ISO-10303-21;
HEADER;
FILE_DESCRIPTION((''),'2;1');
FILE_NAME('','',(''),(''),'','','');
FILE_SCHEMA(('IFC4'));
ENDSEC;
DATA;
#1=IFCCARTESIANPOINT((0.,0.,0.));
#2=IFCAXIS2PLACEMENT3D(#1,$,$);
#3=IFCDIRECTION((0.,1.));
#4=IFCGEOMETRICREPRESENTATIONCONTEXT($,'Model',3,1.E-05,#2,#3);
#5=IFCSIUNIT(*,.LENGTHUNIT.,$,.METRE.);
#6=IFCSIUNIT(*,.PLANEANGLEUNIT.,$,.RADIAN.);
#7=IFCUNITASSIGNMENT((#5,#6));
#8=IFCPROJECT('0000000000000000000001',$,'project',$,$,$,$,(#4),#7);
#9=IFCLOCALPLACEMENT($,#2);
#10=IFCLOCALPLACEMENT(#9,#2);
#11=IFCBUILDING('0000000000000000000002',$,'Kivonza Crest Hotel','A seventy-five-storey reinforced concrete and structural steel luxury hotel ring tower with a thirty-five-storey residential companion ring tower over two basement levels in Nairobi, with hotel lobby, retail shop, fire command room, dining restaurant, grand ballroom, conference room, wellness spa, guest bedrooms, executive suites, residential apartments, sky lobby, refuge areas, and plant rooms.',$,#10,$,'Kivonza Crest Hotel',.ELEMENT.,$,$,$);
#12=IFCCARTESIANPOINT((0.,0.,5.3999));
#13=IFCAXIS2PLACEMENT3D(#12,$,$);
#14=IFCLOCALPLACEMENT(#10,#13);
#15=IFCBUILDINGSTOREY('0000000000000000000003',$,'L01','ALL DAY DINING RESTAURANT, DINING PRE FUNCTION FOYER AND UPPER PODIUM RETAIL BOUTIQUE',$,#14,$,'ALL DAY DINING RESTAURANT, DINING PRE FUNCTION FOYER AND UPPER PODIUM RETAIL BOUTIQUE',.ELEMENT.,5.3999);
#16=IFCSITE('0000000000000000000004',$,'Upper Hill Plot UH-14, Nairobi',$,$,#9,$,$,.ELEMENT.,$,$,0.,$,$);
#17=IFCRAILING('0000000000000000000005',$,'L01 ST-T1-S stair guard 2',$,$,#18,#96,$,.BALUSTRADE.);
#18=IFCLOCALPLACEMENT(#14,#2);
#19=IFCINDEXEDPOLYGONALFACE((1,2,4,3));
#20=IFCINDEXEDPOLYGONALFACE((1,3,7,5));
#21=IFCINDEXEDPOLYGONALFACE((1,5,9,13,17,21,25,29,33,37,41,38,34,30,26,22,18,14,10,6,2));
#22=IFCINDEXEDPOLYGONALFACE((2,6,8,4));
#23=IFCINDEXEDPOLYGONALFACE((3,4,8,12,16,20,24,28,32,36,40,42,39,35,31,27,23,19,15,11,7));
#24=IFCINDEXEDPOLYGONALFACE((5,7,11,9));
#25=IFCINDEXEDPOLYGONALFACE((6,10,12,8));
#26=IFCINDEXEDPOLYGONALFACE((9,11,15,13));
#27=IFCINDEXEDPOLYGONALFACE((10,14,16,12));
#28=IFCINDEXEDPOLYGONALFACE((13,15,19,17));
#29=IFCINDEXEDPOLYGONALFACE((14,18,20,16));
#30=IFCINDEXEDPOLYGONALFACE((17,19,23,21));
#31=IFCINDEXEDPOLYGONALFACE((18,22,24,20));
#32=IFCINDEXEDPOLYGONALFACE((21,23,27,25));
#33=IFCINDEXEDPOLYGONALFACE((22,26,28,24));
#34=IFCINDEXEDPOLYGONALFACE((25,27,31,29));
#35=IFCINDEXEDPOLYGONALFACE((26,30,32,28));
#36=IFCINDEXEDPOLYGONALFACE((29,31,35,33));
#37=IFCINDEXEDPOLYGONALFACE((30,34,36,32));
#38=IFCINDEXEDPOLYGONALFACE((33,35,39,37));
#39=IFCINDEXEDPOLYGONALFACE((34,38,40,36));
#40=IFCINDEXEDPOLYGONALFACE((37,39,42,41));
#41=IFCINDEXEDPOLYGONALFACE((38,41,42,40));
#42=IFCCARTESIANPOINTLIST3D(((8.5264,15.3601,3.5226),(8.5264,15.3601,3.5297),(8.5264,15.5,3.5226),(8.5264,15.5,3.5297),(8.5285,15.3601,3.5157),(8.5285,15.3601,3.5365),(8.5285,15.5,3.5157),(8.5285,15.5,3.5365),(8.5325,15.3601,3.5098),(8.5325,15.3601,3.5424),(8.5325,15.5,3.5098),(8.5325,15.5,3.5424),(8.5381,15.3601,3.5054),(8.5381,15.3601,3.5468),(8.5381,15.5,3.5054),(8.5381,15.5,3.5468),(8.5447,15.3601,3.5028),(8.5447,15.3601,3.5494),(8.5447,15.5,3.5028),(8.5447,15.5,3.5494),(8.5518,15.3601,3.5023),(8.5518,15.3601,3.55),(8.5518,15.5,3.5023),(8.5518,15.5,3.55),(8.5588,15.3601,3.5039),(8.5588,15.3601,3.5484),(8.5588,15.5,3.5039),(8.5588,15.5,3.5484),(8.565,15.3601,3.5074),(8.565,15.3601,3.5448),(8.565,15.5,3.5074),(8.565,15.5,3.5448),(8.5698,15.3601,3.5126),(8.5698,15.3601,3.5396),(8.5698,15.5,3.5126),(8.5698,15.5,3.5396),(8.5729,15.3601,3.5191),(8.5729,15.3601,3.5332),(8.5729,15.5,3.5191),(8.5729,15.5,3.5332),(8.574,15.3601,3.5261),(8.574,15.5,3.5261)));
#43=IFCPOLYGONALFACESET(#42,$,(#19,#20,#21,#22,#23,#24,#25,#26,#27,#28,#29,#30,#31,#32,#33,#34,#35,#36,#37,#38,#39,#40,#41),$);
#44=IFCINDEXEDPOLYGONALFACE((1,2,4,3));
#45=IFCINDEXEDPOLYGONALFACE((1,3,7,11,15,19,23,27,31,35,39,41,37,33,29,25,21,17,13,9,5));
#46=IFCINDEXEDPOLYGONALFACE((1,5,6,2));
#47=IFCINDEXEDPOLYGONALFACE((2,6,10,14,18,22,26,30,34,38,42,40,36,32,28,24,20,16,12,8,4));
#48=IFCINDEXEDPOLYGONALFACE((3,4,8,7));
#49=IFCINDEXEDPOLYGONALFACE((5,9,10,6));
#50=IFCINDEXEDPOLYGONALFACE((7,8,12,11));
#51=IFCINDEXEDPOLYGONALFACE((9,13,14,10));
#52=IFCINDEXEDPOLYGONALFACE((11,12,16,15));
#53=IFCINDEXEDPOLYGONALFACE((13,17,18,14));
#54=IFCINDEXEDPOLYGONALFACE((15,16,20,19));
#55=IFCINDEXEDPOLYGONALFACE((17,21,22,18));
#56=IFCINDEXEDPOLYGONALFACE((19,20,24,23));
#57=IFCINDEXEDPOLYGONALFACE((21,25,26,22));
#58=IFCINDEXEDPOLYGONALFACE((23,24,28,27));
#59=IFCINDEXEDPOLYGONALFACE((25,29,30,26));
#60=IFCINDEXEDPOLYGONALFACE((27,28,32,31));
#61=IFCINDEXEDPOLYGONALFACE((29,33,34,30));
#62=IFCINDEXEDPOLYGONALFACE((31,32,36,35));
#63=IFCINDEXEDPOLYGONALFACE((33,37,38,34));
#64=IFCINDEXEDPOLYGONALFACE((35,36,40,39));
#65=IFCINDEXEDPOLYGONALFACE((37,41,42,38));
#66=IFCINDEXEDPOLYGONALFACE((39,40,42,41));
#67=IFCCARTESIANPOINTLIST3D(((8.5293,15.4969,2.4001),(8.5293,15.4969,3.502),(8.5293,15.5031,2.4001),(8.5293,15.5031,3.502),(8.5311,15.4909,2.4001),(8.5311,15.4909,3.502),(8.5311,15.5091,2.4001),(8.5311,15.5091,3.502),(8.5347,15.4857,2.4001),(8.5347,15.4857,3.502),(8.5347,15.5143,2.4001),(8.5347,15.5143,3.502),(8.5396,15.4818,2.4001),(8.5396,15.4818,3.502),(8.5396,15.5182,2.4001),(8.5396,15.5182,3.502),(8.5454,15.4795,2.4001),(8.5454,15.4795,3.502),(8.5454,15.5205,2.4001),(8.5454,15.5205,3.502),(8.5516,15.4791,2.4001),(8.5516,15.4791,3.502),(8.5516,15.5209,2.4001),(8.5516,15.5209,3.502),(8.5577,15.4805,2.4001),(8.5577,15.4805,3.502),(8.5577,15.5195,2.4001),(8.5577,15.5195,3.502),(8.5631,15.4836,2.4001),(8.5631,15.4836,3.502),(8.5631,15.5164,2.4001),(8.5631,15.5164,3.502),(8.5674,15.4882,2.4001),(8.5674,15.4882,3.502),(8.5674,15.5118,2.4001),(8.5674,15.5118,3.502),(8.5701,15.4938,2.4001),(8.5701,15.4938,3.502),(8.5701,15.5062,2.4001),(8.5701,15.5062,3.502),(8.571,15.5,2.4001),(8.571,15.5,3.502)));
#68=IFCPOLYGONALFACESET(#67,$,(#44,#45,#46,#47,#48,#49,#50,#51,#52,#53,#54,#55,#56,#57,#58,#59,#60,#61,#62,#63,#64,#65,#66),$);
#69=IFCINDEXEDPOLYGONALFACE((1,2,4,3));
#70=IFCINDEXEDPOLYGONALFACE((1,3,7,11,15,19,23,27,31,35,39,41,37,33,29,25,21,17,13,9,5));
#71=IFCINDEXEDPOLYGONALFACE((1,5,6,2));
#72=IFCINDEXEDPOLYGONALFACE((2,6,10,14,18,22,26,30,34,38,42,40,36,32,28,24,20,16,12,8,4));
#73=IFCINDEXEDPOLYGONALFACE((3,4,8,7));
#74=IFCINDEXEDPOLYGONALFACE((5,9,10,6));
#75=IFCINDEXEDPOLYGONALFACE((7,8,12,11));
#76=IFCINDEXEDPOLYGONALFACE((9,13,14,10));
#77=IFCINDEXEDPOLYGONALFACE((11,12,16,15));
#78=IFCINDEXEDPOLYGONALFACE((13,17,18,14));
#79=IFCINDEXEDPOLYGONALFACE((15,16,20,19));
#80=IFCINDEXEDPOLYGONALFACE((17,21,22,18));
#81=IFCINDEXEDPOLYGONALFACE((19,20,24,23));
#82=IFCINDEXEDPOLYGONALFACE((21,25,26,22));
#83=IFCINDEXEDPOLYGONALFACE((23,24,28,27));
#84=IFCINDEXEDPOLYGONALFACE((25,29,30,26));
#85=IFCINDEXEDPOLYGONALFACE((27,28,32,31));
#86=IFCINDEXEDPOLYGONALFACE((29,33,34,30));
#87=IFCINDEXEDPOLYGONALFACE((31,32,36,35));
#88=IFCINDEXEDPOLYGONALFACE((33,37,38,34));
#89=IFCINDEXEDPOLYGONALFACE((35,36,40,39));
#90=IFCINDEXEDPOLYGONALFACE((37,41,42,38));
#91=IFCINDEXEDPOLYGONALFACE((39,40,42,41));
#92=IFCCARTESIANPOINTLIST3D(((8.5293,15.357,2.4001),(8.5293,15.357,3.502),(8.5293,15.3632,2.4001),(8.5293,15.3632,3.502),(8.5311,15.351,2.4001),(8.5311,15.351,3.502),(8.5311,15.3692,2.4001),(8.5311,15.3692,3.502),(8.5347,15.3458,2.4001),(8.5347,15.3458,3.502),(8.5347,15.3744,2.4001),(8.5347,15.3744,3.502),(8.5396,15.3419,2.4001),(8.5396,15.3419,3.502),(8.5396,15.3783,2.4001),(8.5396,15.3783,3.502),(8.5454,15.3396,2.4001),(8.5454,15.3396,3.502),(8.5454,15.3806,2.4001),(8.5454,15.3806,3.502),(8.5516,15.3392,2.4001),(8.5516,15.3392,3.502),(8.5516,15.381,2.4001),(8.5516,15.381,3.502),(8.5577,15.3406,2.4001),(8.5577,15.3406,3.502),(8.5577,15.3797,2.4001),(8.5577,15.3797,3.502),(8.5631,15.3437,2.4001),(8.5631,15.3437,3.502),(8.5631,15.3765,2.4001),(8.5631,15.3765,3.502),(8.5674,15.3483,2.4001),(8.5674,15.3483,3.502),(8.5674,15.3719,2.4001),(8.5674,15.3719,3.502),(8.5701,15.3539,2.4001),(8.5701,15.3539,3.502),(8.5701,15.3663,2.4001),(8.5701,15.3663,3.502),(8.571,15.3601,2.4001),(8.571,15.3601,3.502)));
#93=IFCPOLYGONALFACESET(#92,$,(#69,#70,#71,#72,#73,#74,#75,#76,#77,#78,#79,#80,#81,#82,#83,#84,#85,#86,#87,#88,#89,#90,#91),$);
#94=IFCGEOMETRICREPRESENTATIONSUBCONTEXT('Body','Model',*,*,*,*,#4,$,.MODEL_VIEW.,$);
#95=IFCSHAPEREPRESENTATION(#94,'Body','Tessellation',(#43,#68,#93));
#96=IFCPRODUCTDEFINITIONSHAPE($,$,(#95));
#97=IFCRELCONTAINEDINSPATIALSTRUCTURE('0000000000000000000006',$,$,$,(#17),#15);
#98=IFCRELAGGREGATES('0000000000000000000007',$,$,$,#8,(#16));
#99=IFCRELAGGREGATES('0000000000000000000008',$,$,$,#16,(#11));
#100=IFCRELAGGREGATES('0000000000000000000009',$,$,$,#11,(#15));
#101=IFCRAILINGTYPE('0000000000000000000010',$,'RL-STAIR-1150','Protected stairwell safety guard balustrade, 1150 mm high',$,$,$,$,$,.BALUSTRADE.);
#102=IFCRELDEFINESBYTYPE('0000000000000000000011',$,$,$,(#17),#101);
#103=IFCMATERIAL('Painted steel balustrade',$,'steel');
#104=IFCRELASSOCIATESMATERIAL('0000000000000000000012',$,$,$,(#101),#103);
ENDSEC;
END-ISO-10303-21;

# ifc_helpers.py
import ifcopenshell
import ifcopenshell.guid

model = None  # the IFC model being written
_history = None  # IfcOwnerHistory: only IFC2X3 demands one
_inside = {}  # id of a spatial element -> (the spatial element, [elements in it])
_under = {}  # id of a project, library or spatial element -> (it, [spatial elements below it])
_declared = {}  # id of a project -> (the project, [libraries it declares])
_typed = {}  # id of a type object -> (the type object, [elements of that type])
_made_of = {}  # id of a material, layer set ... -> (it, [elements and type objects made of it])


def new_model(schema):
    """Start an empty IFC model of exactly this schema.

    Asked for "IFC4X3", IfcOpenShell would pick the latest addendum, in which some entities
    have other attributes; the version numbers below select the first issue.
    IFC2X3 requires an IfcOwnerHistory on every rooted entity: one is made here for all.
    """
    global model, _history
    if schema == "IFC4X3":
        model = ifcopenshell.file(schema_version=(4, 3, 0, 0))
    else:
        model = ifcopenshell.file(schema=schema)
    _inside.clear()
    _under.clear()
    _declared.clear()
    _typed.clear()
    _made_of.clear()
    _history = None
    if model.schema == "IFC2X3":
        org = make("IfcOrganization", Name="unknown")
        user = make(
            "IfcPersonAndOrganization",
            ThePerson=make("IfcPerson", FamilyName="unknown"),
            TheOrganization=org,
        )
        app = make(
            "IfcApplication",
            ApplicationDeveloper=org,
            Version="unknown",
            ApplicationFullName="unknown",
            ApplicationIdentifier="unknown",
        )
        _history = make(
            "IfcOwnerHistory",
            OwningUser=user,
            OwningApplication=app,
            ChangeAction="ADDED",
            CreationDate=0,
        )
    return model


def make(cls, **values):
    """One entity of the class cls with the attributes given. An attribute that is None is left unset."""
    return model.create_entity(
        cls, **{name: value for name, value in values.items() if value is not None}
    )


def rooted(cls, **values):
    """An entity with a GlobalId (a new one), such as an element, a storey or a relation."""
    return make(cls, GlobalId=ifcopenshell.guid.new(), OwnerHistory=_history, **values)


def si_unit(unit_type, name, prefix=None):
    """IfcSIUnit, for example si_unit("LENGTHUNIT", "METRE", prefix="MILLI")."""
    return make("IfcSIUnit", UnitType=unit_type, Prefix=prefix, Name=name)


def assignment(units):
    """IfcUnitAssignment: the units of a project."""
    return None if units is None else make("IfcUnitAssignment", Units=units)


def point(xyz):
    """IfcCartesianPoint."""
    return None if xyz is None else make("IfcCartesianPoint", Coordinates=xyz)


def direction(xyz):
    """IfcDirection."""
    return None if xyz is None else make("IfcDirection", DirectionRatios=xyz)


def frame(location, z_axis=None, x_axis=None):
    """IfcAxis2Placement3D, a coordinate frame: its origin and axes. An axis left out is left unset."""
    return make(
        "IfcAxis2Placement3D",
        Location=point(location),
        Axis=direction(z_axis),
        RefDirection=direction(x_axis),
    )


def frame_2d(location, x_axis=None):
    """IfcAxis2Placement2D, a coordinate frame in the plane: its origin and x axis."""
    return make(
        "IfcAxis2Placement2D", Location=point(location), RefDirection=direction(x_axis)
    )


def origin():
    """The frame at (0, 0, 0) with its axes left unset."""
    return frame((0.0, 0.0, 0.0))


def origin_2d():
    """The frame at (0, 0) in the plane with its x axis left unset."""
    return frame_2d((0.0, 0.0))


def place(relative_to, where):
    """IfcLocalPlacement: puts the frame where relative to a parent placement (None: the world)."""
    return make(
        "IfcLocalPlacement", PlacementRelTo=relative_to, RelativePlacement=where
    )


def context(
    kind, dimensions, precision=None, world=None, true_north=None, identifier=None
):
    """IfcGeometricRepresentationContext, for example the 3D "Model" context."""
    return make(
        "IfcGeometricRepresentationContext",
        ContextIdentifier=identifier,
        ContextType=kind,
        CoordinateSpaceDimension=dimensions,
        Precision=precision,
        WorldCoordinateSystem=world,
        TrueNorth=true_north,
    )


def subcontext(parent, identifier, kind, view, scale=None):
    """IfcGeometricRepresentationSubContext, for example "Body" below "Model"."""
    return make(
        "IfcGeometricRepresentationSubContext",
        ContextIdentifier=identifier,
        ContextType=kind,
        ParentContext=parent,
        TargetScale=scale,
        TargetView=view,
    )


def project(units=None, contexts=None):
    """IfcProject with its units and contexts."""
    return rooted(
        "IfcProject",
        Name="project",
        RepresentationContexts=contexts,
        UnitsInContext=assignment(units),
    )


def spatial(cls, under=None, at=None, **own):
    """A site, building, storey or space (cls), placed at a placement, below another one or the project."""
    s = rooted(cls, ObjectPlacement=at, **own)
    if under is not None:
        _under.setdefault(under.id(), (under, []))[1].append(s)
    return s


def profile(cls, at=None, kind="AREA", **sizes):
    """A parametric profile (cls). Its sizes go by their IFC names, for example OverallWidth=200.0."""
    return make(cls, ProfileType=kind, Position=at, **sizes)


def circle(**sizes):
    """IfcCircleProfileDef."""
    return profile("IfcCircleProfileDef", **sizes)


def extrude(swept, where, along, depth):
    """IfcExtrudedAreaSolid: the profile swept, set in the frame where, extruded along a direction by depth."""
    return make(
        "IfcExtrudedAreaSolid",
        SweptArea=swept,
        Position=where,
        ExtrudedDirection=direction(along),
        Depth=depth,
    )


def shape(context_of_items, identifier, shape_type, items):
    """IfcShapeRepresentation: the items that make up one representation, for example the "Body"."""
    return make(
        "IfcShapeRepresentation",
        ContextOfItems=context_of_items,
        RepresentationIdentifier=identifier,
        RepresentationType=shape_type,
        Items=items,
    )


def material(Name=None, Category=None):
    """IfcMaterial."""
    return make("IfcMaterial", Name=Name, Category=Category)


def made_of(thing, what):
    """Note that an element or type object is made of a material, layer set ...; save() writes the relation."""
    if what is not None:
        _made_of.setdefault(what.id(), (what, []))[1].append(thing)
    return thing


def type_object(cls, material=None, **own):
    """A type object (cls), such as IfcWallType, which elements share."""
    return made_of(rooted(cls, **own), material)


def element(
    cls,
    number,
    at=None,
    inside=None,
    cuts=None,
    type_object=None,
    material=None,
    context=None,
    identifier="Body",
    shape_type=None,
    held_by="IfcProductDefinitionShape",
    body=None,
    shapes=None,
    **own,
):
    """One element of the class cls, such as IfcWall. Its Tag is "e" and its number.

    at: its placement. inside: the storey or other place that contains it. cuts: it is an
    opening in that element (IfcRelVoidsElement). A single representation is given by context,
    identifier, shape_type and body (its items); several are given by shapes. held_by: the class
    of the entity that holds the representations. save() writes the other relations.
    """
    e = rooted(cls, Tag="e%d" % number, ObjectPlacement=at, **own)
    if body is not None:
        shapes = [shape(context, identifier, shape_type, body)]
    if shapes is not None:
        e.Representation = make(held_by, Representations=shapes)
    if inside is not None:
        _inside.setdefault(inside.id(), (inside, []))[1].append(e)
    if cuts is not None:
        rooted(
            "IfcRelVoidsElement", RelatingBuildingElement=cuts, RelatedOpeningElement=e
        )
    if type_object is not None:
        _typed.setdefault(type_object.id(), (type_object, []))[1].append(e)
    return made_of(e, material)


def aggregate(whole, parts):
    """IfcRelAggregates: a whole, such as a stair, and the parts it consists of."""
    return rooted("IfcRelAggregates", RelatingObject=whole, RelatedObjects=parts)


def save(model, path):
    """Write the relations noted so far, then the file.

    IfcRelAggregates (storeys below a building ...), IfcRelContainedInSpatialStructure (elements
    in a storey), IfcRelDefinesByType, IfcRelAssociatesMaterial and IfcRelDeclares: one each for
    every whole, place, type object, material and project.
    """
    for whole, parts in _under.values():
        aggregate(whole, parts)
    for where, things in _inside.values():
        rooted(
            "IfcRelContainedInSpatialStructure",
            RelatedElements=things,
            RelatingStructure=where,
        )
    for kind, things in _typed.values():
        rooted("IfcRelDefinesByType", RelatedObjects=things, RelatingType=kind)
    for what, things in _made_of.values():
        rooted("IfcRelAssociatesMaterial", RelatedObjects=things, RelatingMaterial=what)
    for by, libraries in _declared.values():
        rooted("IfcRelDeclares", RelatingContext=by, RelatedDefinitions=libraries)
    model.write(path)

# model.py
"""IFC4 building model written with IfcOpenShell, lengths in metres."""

from ifc_helpers import new_model, si_unit, direction, frame, origin, origin_2d, place, context, subcontext, project, spatial, circle, extrude, material, type_object, element, save


model = new_model("IFC4")

# Units and contexts
model_context = context("Model", 3, precision=1e-05, world=origin(), true_north=direction((0.0, 1.0)))
body_context = subcontext(model_context, "Body", "Model", "MODEL_VIEW")
ifc_project = project(units=[si_unit("LENGTHUNIT", "METRE"), si_unit("PLANEANGLEUNIT", "RADIAN")], contexts=[model_context])

# Site, building, storey
site_placement = place(None, origin())
site = spatial("IfcSite", under=ifc_project, at=site_placement, Name="Upper Hill Plot UH-14, Nairobi", CompositionType="ELEMENT", RefElevation=0.0)
building_placement = place(site_placement, origin())
building = spatial("IfcBuilding", under=site, at=building_placement, Name="Kivonza Crest Hotel", Description="A seventy-five-storey reinforced concrete and structural steel luxury hotel ring tower with a thirty-five-storey residential companion ring tower over two basement levels in Nairobi, with hotel lobby, retail shop, fire command room, dining restaurant, grand ballroom, conference room, wellness spa, guest bedrooms, executive suites, residential apartments, sky lobby, refuge areas, and plant rooms.", LongName="Kivonza Crest Hotel", CompositionType="ELEMENT")
storey_placement = place(building_placement, frame((0.0, 0.0, 5.3999)))
storey = spatial("IfcBuildingStorey", under=building, at=storey_placement, Name="L01", Description="ALL DAY DINING RESTAURANT, DINING PRE FUNCTION FOYER AND UPPER PODIUM RETAIL BOUTIQUE", LongName="ALL DAY DINING RESTAURANT, DINING PRE FUNCTION FOYER AND UPPER PODIUM RETAIL BOUTIQUE", CompositionType="ELEMENT", Elevation=5.3999)

# Railing
ifc_material_1 = material(Name="Painted steel balustrade", Category="steel")
railing_type_1 = type_object("IfcRailingType", Name="RL-STAIR-1150", Description="Protected stairwell safety guard balustrade, 1150 mm high", PredefinedType="BALUSTRADE", material=ifc_material_1)
railing_1_placement = place(storey_placement, frame((8.55, 15.5, 2.4001)))
element("IfcRailing", 1, at=railing_1_placement, inside=storey, type_object=railing_type_1, Name="L01 ST-T1-S stair guard 2", PredefinedType="BALUSTRADE", context=body_context, shape_type="SweptSolid", body=[
    extrude(circle(Radius=0.0239, at=origin_2d()), frame((0.0, 0.0, 1.126), z_axis=(0.0, -1.0, 0.0), x_axis=(1.0, 0.0, 0.0)), (0.0, 0.0, 1.0), 0.1399),
    extrude(circle(Radius=0.021, at=origin_2d()), origin(), (0.0, 0.0, 1.0), 1.1018),
    extrude(circle(Radius=0.021, at=origin_2d()), frame((0.0, -0.1399, 0.0)), (0.0, 0.0, 1.0), 1.1018),
])

save(model, "model.ifc")
